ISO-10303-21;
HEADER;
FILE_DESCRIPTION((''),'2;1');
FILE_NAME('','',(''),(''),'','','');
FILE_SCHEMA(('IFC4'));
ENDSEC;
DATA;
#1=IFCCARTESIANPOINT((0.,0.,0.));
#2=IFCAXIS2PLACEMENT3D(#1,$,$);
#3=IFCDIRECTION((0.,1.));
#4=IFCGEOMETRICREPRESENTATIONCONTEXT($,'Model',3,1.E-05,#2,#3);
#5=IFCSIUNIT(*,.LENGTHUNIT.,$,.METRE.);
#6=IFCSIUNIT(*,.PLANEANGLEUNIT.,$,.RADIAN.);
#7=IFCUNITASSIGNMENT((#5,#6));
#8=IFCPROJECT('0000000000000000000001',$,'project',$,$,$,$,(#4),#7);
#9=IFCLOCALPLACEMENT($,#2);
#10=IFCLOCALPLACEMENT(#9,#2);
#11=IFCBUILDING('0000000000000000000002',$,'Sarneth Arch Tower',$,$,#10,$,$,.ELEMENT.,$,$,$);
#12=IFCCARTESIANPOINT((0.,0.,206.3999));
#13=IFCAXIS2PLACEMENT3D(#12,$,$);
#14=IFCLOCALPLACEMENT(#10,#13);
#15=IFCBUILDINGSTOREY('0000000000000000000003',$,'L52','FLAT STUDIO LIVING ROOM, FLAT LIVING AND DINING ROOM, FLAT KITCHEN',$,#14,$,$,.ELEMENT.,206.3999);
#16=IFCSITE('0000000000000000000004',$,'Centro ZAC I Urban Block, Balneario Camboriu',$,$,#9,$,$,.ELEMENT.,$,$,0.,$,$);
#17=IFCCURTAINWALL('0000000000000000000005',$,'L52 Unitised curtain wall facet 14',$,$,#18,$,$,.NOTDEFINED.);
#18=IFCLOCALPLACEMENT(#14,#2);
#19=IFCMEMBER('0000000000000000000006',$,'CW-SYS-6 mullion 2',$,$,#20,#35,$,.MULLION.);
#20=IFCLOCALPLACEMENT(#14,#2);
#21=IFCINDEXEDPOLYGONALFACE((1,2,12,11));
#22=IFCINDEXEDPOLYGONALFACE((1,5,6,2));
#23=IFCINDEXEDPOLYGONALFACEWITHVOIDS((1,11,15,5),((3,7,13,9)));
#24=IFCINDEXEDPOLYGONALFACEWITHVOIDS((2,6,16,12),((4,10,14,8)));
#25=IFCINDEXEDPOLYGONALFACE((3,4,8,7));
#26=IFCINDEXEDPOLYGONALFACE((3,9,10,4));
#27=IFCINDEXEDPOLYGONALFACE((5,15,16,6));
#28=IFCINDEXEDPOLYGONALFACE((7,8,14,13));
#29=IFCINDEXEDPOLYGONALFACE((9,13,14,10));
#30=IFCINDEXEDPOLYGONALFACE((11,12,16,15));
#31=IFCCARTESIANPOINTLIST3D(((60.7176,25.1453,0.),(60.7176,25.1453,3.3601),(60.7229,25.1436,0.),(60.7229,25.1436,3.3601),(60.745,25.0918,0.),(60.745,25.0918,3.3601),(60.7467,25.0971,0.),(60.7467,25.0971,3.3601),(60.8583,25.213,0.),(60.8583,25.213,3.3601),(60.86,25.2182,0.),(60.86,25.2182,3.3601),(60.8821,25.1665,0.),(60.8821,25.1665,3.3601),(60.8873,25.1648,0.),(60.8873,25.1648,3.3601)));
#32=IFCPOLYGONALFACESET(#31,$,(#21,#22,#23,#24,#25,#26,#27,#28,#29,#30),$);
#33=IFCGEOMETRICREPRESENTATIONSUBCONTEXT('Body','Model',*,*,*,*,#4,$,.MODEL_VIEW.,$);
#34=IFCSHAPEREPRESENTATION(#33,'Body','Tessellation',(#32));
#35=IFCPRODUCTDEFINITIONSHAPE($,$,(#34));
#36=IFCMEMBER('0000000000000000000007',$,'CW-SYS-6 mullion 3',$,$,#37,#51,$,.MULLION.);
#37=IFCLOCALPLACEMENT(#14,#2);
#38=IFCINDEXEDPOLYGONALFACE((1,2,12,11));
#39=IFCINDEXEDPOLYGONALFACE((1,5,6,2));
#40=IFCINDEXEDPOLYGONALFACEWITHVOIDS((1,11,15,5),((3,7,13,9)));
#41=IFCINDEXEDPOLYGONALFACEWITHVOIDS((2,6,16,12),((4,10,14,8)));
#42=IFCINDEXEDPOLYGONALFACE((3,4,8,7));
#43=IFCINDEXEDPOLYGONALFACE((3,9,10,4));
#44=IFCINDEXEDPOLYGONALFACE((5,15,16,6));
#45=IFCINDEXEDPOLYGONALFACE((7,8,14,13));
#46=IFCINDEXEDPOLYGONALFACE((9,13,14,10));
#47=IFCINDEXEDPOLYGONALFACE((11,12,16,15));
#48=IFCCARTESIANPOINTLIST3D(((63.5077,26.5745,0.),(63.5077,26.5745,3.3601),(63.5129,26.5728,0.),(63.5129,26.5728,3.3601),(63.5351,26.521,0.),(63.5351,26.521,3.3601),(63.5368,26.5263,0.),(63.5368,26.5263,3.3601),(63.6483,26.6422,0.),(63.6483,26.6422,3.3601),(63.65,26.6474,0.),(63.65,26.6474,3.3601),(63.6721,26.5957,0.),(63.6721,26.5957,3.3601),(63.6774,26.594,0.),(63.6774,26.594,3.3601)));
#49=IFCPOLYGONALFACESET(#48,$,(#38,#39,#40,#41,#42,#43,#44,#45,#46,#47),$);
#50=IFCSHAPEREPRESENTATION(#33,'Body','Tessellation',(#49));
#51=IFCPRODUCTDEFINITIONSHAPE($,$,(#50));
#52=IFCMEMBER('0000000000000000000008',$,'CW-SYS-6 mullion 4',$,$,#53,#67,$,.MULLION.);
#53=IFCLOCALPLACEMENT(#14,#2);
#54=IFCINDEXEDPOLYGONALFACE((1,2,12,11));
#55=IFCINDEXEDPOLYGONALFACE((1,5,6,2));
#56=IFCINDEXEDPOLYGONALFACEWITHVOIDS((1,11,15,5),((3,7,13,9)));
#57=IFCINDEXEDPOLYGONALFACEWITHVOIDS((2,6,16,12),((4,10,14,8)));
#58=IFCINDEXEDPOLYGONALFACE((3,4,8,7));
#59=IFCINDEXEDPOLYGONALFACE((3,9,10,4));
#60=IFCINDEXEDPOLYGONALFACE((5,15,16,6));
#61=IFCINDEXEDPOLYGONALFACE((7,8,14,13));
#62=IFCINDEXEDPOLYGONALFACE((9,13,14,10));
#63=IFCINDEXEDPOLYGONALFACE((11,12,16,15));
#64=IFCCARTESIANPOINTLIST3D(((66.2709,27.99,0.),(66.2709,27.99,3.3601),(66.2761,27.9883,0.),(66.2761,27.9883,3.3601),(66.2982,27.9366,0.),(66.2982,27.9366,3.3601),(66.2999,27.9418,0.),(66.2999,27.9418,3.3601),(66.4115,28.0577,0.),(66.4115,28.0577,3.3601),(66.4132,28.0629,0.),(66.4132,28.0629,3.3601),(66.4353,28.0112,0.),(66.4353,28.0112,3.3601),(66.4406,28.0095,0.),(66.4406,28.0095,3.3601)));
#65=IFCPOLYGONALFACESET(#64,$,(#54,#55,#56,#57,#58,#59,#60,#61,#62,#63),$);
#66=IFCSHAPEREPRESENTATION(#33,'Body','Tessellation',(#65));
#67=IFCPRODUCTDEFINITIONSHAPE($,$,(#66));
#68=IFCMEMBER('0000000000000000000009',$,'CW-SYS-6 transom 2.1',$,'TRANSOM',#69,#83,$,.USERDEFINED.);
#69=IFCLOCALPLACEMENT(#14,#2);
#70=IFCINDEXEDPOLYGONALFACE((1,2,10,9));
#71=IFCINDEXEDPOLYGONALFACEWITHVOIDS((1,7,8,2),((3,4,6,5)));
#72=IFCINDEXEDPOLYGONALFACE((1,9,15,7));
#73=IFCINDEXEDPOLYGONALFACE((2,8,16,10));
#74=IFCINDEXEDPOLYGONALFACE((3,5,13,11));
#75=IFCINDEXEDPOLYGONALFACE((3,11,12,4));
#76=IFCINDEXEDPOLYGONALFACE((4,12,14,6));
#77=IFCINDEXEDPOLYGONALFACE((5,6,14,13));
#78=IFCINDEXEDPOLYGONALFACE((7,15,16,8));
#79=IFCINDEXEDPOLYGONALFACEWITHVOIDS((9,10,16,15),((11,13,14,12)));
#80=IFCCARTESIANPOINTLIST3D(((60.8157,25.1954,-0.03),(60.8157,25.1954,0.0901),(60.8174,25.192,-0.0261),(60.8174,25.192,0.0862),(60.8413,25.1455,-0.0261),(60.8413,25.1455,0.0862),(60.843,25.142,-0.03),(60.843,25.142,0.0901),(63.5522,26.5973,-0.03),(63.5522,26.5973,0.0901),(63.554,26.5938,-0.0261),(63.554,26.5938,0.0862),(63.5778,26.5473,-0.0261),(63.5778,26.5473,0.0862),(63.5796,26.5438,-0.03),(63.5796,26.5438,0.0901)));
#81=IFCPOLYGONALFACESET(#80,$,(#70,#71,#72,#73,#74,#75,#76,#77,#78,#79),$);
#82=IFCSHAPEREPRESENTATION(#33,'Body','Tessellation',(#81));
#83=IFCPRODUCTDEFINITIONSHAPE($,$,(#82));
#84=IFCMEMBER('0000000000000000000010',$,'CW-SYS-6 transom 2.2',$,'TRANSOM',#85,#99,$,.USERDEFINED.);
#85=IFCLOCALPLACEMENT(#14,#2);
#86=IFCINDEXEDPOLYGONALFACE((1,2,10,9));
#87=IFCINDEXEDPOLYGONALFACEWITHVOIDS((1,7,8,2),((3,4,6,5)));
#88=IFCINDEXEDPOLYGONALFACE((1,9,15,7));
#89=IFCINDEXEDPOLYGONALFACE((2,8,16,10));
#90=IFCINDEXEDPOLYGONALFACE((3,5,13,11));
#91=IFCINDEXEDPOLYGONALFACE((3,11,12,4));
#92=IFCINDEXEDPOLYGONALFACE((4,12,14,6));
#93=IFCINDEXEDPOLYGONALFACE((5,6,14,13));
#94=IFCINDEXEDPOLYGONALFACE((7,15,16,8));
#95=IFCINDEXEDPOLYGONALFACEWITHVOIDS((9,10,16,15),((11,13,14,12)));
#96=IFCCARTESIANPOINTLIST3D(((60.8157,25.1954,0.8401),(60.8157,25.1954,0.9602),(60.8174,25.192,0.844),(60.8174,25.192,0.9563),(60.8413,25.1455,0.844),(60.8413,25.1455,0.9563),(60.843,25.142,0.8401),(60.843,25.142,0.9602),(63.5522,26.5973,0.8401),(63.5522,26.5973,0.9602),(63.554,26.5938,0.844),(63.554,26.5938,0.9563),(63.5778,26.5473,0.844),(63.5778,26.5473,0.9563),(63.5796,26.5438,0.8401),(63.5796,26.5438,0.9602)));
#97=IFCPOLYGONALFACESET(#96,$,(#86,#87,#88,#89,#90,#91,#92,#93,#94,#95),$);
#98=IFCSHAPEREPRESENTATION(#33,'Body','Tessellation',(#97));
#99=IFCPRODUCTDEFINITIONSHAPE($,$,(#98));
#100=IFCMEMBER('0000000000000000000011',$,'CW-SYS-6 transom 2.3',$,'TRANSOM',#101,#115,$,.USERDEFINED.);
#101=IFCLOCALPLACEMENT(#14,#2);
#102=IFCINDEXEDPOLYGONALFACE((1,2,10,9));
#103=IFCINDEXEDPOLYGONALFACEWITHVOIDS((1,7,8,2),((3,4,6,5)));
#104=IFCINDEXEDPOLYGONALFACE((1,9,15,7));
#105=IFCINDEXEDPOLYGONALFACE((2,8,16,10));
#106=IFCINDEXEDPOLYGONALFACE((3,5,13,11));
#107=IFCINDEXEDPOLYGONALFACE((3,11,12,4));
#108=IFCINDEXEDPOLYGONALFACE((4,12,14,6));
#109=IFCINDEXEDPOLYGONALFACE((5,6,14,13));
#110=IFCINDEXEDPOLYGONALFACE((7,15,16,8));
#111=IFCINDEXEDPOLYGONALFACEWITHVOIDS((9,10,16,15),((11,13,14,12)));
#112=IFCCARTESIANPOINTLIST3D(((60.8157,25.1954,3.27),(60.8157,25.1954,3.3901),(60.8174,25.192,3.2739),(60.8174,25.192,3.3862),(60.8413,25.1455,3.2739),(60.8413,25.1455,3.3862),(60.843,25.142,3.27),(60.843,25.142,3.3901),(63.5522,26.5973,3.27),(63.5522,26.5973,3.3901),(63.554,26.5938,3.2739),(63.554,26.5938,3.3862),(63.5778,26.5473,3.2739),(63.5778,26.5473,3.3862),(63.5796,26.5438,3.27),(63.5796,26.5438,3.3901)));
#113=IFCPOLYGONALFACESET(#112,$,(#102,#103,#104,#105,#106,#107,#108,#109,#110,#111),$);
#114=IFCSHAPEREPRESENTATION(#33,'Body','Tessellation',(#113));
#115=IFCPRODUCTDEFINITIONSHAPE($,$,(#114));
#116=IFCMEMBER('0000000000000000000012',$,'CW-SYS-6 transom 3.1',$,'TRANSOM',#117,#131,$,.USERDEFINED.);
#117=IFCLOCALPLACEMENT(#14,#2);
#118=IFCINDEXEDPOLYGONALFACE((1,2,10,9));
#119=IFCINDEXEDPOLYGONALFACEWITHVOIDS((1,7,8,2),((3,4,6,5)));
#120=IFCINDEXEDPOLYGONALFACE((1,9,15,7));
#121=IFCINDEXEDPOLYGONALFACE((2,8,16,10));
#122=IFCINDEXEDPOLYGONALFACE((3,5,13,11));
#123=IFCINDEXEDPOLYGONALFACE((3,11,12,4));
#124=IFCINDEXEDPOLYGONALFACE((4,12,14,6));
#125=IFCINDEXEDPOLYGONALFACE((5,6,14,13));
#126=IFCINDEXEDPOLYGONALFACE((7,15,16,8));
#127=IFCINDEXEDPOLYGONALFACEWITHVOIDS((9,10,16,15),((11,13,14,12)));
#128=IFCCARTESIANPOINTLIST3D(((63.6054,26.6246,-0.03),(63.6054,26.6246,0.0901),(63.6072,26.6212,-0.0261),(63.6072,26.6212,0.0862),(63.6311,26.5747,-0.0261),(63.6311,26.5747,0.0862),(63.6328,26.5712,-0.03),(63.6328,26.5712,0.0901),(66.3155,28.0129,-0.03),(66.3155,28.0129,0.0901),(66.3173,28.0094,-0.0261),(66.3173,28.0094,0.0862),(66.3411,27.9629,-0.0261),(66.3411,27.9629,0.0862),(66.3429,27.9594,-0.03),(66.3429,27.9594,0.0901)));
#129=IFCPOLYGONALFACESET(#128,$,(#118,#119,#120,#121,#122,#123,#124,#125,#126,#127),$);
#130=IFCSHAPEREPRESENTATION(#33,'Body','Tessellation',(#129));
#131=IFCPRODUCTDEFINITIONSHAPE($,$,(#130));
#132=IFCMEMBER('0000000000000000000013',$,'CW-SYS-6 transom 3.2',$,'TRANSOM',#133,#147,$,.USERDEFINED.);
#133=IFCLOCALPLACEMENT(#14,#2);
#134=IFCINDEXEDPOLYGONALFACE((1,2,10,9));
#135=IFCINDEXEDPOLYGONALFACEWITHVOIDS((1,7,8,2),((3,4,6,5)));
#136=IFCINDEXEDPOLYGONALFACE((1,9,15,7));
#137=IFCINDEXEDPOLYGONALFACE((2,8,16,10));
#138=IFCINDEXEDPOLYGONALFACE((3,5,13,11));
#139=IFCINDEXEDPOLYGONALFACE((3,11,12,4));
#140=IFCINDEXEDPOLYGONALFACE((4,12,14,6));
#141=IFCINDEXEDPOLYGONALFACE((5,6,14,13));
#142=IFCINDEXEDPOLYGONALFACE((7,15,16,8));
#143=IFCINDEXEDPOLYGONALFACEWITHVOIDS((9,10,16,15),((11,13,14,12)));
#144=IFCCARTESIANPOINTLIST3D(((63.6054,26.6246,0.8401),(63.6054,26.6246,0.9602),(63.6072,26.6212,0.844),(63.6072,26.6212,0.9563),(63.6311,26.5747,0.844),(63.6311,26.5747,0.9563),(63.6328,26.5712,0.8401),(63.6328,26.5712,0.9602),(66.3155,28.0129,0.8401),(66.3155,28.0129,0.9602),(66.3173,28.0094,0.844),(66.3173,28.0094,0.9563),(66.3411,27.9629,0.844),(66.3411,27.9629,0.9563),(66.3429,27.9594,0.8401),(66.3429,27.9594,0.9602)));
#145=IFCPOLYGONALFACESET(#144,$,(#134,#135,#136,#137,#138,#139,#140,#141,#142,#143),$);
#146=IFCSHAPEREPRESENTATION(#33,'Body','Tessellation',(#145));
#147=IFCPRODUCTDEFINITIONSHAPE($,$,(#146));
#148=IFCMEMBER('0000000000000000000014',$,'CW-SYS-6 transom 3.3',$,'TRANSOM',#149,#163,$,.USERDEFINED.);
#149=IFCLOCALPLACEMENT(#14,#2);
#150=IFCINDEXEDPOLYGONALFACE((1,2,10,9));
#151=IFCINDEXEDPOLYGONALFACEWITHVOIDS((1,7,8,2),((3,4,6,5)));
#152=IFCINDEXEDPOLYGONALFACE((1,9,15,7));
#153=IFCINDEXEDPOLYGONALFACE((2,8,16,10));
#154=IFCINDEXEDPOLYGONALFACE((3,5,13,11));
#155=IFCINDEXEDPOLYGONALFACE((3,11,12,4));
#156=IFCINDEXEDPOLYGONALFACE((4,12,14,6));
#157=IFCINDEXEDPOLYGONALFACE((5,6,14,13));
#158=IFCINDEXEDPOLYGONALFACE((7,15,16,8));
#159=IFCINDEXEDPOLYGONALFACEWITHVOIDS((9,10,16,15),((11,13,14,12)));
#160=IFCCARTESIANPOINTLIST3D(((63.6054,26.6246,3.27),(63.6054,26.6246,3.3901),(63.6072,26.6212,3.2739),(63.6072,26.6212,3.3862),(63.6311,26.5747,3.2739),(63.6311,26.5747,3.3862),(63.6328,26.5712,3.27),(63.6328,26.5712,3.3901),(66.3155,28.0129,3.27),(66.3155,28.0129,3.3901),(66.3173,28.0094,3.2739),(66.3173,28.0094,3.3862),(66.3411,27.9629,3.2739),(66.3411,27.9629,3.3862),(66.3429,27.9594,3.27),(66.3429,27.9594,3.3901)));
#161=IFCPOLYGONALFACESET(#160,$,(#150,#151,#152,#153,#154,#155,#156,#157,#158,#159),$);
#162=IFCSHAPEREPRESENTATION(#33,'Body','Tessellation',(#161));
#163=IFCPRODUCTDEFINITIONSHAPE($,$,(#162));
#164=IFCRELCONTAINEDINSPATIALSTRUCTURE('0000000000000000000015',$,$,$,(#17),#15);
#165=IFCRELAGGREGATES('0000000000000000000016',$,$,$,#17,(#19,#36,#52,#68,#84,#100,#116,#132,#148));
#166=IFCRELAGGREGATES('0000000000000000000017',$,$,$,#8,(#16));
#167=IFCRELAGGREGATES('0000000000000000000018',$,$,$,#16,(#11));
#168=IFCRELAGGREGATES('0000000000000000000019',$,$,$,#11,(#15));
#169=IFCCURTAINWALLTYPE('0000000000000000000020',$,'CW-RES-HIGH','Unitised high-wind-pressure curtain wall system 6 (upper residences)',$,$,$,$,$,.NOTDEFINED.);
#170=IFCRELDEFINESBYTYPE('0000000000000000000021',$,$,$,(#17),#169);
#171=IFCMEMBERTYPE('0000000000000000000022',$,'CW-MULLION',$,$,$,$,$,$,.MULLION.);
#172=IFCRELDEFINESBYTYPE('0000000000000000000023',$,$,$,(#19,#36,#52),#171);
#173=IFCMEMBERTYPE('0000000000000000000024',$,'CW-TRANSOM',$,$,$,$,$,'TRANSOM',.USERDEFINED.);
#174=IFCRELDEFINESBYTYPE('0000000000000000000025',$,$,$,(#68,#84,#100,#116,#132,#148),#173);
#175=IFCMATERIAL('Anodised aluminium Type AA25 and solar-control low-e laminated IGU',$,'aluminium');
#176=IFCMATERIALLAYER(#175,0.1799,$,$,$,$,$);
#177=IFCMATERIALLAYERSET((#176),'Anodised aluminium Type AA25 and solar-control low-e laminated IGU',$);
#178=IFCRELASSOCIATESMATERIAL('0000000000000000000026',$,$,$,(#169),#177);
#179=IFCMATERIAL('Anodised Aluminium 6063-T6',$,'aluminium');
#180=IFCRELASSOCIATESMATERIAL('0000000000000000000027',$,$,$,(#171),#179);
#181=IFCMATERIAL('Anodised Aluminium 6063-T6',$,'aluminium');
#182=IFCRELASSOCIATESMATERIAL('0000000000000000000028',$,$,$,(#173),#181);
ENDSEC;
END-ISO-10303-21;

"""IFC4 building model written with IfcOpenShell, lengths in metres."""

from ifc_helpers import new_model, si_unit, direction, frame, origin, origin_2d, place, context, subcontext, project, spatial, hollow_rectangle, extrude, material, layer, layer_set, material_profile, profile_set, type_object, element, aggregate, save


model = new_model("IFC4")

# Units and contexts
model_context = context("Model", 3, precision=1e-05, world=origin(), true_north=direction((0.0, 1.0)))
body_context = subcontext(model_context, "Body", "Model", "MODEL_VIEW")
ifc_project = project(units=[si_unit("LENGTHUNIT", "METRE"), si_unit("PLANEANGLEUNIT", "RADIAN")], contexts=[model_context])

# Site, building, storey
site_placement = place(None, origin())
site = spatial("IfcSite", under=ifc_project, at=site_placement, Name="Centro ZAC I Urban Block, Balneario Camboriu", CompositionType="ELEMENT", RefElevation=0.0)
building_placement = place(site_placement, origin())
building = spatial("IfcBuilding", under=site, at=building_placement, Name="Sarneth Arch Tower", CompositionType="ELEMENT")
storey_placement = place(building_placement, frame((0.0, 0.0, 206.3999)))
storey = spatial("IfcBuildingStorey", under=building, at=storey_placement, Name="L52", Description="FLAT STUDIO LIVING ROOM, FLAT LIVING AND DINING ROOM, FLAT KITCHEN", CompositionType="ELEMENT", Elevation=206.3999)

# Curtain wall, members
ifc_material_1 = material(Name="Anodised aluminium Type AA25 and solar-control low-e laminated IGU", Category="aluminium")
ifc_layer_1 = layer(ifc_material_1, 0.1799)
ifc_layer_set_1 = layer_set([ifc_layer_1], Name="Anodised aluminium Type AA25 and solar-control low-e laminated IGU")
curtain_wall_type = type_object("IfcCurtainWallType", Name="CW-RES-HIGH", Description="Unitised high-wind-pressure curtain wall system 6 (upper residences)", PredefinedType="NOTDEFINED", material=ifc_layer_set_1)
curtain_wall_placement = place(storey_placement, origin())
curtain_wall = element("IfcCurtainWall", 1, at=curtain_wall_placement, inside=storey, type_object=curtain_wall_type, Name="L52 Unitised curtain wall facet 14", PredefinedType="NOTDEFINED")
ifc_material_2 = material(Name="Anodised Aluminium 6063-T6", Category="aluminium")
ifc_material_profile_1 = material_profile(ifc_material_2, hollow_rectangle(XDim=0.0601, YDim=0.1599, WallThickness=0.0039, at=origin_2d()), Name="AL-MULL-160x60x4")
ifc_profile_set_1 = profile_set([ifc_material_profile_1], Name="Anodised Aluminium 6063-T6")
member_type_1 = type_object("IfcMemberType", Name="CW-MULLION", PredefinedType="MULLION", material=ifc_profile_set_1)
member_1_placement = place(storey_placement, frame((60.8025, 25.155, 0.0), z_axis=(0.0, 0.0, 1.0), x_axis=(-0.455942, 0.89001, 0.0)))
member_1 = element("IfcMember", 2, at=member_1_placement, type_object=member_type_1, Name="CW-SYS-6 mullion 2", PredefinedType="MULLION", context=body_context, shape_type="SweptSolid", body=[
    extrude(hollow_rectangle(XDim=0.0601, YDim=0.1599, WallThickness=0.0039, at=origin_2d()), origin(), (0.0, 0.0, 1.0), 3.3601),
])
member_2_placement = place(storey_placement, frame((63.5925, 26.5842, 0.0), z_axis=(0.0, 0.0, 1.0), x_axis=(-0.455942, 0.89001, 0.0)))
member_2 = element("IfcMember", 3, at=member_2_placement, type_object=member_type_1, Name="CW-SYS-6 mullion 3", PredefinedType="MULLION", context=body_context, shape_type="SweptSolid", body=[
    extrude(hollow_rectangle(XDim=0.0601, YDim=0.1599, WallThickness=0.0039, at=origin_2d()), origin(), (0.0, 0.0, 1.0), 3.3601),
])
member_3_placement = place(storey_placement, frame((66.3557, 27.9998, 0.0), z_axis=(0.0, 0.0, 1.0), x_axis=(-0.455942, 0.89001, 0.0)))
member_3 = element("IfcMember", 4, at=member_3_placement, type_object=member_type_1, Name="CW-SYS-6 mullion 4", PredefinedType="MULLION", context=body_context, shape_type="SweptSolid", body=[
    extrude(hollow_rectangle(XDim=0.0601, YDim=0.1599, WallThickness=0.0039, at=origin_2d()), origin(), (0.0, 0.0, 1.0), 3.3601),
])
ifc_material_3 = material(Name="Anodised Aluminium 6063-T6", Category="aluminium")
ifc_material_profile_2 = material_profile(ifc_material_3, hollow_rectangle(XDim=0.0601, YDim=0.1201, WallThickness=0.0039, at=origin_2d()), Name="AL-TRAN-120x60x4")
ifc_profile_set_2 = profile_set([ifc_material_profile_2], Name="Anodised Aluminium 6063-T6")
member_type_2 = type_object("IfcMemberType", Name="CW-TRANSOM", ElementType="TRANSOM", PredefinedType="USERDEFINED", material=ifc_profile_set_2)
member_4_placement = place(storey_placement, frame((60.8293, 25.1687, 0.03), z_axis=(0.890017, 0.455926, 0.0), x_axis=(-0.455926, 0.890017, 0.0)))
member_4 = element("IfcMember", 5, at=member_4_placement, type_object=member_type_2, Name="CW-SYS-6 transom 2.1", ObjectType="TRANSOM", PredefinedType="USERDEFINED", context=body_context, shape_type="SweptSolid", body=[
    extrude(hollow_rectangle(XDim=0.0601, YDim=0.1201, WallThickness=0.0039, at=origin_2d()), origin(), (0.0, 0.0, 1.0), 3.0747),
])
member_5_placement = place(storey_placement, frame((60.8293, 25.1687, 0.9001), z_axis=(0.890017, 0.455926, 0.0), x_axis=(-0.455926, 0.890017, 0.0)))
member_5 = element("IfcMember", 6, at=member_5_placement, type_object=member_type_2, Name="CW-SYS-6 transom 2.2", ObjectType="TRANSOM", PredefinedType="USERDEFINED", context=body_context, shape_type="SweptSolid", body=[
    extrude(hollow_rectangle(XDim=0.0601, YDim=0.1201, WallThickness=0.0039, at=origin_2d()), origin(), (0.0, 0.0, 1.0), 3.0747),
])
member_6_placement = place(storey_placement, frame((60.8293, 25.1687, 3.3301), z_axis=(0.890017, 0.455926, 0.0), x_axis=(-0.455926, 0.890017, 0.0)))
member_6 = element("IfcMember", 7, at=member_6_placement, type_object=member_type_2, Name="CW-SYS-6 transom 2.3", ObjectType="TRANSOM", PredefinedType="USERDEFINED", context=body_context, shape_type="SweptSolid", body=[
    extrude(hollow_rectangle(XDim=0.0601, YDim=0.1201, WallThickness=0.0039, at=origin_2d()), origin(), (0.0, 0.0, 1.0), 3.0747),
])
member_7_placement = place(storey_placement, frame((63.6191, 26.5979, 0.03), z_axis=(0.890023, 0.455916, 0.0), x_axis=(-0.455916, 0.890023, 0.0)))
member_7 = element("IfcMember", 8, at=member_7_placement, type_object=member_type_2, Name="CW-SYS-6 transom 3.1", ObjectType="TRANSOM", PredefinedType="USERDEFINED", context=body_context, shape_type="SweptSolid", body=[
    extrude(hollow_rectangle(XDim=0.0601, YDim=0.1201, WallThickness=0.0039, at=origin_2d()), origin(), (0.0, 0.0, 1.0), 3.0449),
])
member_8_placement = place(storey_placement, frame((63.6191, 26.5979, 0.9001), z_axis=(0.890023, 0.455916, 0.0), x_axis=(-0.455916, 0.890023, 0.0)))
member_8 = element("IfcMember", 9, at=member_8_placement, type_object=member_type_2, Name="CW-SYS-6 transom 3.2", ObjectType="TRANSOM", PredefinedType="USERDEFINED", context=body_context, shape_type="SweptSolid", body=[
    extrude(hollow_rectangle(XDim=0.0601, YDim=0.1201, WallThickness=0.0039, at=origin_2d()), origin(), (0.0, 0.0, 1.0), 3.0449),
])
member_9_placement = place(storey_placement, frame((63.6191, 26.5979, 3.3301), z_axis=(0.890023, 0.455916, 0.0), x_axis=(-0.455916, 0.890023, 0.0)))
member_9 = element("IfcMember", 10, at=member_9_placement, type_object=member_type_2, Name="CW-SYS-6 transom 3.3", ObjectType="TRANSOM", PredefinedType="USERDEFINED", context=body_context, shape_type="SweptSolid", body=[
    extrude(hollow_rectangle(XDim=0.0601, YDim=0.1201, WallThickness=0.0039, at=origin_2d()), origin(), (0.0, 0.0, 1.0), 3.0449),
])

aggregate(curtain_wall, [member_1, member_2, member_3, member_4, member_5, member_6, member_7, member_8, member_9])

save(model, "model.ifc")
